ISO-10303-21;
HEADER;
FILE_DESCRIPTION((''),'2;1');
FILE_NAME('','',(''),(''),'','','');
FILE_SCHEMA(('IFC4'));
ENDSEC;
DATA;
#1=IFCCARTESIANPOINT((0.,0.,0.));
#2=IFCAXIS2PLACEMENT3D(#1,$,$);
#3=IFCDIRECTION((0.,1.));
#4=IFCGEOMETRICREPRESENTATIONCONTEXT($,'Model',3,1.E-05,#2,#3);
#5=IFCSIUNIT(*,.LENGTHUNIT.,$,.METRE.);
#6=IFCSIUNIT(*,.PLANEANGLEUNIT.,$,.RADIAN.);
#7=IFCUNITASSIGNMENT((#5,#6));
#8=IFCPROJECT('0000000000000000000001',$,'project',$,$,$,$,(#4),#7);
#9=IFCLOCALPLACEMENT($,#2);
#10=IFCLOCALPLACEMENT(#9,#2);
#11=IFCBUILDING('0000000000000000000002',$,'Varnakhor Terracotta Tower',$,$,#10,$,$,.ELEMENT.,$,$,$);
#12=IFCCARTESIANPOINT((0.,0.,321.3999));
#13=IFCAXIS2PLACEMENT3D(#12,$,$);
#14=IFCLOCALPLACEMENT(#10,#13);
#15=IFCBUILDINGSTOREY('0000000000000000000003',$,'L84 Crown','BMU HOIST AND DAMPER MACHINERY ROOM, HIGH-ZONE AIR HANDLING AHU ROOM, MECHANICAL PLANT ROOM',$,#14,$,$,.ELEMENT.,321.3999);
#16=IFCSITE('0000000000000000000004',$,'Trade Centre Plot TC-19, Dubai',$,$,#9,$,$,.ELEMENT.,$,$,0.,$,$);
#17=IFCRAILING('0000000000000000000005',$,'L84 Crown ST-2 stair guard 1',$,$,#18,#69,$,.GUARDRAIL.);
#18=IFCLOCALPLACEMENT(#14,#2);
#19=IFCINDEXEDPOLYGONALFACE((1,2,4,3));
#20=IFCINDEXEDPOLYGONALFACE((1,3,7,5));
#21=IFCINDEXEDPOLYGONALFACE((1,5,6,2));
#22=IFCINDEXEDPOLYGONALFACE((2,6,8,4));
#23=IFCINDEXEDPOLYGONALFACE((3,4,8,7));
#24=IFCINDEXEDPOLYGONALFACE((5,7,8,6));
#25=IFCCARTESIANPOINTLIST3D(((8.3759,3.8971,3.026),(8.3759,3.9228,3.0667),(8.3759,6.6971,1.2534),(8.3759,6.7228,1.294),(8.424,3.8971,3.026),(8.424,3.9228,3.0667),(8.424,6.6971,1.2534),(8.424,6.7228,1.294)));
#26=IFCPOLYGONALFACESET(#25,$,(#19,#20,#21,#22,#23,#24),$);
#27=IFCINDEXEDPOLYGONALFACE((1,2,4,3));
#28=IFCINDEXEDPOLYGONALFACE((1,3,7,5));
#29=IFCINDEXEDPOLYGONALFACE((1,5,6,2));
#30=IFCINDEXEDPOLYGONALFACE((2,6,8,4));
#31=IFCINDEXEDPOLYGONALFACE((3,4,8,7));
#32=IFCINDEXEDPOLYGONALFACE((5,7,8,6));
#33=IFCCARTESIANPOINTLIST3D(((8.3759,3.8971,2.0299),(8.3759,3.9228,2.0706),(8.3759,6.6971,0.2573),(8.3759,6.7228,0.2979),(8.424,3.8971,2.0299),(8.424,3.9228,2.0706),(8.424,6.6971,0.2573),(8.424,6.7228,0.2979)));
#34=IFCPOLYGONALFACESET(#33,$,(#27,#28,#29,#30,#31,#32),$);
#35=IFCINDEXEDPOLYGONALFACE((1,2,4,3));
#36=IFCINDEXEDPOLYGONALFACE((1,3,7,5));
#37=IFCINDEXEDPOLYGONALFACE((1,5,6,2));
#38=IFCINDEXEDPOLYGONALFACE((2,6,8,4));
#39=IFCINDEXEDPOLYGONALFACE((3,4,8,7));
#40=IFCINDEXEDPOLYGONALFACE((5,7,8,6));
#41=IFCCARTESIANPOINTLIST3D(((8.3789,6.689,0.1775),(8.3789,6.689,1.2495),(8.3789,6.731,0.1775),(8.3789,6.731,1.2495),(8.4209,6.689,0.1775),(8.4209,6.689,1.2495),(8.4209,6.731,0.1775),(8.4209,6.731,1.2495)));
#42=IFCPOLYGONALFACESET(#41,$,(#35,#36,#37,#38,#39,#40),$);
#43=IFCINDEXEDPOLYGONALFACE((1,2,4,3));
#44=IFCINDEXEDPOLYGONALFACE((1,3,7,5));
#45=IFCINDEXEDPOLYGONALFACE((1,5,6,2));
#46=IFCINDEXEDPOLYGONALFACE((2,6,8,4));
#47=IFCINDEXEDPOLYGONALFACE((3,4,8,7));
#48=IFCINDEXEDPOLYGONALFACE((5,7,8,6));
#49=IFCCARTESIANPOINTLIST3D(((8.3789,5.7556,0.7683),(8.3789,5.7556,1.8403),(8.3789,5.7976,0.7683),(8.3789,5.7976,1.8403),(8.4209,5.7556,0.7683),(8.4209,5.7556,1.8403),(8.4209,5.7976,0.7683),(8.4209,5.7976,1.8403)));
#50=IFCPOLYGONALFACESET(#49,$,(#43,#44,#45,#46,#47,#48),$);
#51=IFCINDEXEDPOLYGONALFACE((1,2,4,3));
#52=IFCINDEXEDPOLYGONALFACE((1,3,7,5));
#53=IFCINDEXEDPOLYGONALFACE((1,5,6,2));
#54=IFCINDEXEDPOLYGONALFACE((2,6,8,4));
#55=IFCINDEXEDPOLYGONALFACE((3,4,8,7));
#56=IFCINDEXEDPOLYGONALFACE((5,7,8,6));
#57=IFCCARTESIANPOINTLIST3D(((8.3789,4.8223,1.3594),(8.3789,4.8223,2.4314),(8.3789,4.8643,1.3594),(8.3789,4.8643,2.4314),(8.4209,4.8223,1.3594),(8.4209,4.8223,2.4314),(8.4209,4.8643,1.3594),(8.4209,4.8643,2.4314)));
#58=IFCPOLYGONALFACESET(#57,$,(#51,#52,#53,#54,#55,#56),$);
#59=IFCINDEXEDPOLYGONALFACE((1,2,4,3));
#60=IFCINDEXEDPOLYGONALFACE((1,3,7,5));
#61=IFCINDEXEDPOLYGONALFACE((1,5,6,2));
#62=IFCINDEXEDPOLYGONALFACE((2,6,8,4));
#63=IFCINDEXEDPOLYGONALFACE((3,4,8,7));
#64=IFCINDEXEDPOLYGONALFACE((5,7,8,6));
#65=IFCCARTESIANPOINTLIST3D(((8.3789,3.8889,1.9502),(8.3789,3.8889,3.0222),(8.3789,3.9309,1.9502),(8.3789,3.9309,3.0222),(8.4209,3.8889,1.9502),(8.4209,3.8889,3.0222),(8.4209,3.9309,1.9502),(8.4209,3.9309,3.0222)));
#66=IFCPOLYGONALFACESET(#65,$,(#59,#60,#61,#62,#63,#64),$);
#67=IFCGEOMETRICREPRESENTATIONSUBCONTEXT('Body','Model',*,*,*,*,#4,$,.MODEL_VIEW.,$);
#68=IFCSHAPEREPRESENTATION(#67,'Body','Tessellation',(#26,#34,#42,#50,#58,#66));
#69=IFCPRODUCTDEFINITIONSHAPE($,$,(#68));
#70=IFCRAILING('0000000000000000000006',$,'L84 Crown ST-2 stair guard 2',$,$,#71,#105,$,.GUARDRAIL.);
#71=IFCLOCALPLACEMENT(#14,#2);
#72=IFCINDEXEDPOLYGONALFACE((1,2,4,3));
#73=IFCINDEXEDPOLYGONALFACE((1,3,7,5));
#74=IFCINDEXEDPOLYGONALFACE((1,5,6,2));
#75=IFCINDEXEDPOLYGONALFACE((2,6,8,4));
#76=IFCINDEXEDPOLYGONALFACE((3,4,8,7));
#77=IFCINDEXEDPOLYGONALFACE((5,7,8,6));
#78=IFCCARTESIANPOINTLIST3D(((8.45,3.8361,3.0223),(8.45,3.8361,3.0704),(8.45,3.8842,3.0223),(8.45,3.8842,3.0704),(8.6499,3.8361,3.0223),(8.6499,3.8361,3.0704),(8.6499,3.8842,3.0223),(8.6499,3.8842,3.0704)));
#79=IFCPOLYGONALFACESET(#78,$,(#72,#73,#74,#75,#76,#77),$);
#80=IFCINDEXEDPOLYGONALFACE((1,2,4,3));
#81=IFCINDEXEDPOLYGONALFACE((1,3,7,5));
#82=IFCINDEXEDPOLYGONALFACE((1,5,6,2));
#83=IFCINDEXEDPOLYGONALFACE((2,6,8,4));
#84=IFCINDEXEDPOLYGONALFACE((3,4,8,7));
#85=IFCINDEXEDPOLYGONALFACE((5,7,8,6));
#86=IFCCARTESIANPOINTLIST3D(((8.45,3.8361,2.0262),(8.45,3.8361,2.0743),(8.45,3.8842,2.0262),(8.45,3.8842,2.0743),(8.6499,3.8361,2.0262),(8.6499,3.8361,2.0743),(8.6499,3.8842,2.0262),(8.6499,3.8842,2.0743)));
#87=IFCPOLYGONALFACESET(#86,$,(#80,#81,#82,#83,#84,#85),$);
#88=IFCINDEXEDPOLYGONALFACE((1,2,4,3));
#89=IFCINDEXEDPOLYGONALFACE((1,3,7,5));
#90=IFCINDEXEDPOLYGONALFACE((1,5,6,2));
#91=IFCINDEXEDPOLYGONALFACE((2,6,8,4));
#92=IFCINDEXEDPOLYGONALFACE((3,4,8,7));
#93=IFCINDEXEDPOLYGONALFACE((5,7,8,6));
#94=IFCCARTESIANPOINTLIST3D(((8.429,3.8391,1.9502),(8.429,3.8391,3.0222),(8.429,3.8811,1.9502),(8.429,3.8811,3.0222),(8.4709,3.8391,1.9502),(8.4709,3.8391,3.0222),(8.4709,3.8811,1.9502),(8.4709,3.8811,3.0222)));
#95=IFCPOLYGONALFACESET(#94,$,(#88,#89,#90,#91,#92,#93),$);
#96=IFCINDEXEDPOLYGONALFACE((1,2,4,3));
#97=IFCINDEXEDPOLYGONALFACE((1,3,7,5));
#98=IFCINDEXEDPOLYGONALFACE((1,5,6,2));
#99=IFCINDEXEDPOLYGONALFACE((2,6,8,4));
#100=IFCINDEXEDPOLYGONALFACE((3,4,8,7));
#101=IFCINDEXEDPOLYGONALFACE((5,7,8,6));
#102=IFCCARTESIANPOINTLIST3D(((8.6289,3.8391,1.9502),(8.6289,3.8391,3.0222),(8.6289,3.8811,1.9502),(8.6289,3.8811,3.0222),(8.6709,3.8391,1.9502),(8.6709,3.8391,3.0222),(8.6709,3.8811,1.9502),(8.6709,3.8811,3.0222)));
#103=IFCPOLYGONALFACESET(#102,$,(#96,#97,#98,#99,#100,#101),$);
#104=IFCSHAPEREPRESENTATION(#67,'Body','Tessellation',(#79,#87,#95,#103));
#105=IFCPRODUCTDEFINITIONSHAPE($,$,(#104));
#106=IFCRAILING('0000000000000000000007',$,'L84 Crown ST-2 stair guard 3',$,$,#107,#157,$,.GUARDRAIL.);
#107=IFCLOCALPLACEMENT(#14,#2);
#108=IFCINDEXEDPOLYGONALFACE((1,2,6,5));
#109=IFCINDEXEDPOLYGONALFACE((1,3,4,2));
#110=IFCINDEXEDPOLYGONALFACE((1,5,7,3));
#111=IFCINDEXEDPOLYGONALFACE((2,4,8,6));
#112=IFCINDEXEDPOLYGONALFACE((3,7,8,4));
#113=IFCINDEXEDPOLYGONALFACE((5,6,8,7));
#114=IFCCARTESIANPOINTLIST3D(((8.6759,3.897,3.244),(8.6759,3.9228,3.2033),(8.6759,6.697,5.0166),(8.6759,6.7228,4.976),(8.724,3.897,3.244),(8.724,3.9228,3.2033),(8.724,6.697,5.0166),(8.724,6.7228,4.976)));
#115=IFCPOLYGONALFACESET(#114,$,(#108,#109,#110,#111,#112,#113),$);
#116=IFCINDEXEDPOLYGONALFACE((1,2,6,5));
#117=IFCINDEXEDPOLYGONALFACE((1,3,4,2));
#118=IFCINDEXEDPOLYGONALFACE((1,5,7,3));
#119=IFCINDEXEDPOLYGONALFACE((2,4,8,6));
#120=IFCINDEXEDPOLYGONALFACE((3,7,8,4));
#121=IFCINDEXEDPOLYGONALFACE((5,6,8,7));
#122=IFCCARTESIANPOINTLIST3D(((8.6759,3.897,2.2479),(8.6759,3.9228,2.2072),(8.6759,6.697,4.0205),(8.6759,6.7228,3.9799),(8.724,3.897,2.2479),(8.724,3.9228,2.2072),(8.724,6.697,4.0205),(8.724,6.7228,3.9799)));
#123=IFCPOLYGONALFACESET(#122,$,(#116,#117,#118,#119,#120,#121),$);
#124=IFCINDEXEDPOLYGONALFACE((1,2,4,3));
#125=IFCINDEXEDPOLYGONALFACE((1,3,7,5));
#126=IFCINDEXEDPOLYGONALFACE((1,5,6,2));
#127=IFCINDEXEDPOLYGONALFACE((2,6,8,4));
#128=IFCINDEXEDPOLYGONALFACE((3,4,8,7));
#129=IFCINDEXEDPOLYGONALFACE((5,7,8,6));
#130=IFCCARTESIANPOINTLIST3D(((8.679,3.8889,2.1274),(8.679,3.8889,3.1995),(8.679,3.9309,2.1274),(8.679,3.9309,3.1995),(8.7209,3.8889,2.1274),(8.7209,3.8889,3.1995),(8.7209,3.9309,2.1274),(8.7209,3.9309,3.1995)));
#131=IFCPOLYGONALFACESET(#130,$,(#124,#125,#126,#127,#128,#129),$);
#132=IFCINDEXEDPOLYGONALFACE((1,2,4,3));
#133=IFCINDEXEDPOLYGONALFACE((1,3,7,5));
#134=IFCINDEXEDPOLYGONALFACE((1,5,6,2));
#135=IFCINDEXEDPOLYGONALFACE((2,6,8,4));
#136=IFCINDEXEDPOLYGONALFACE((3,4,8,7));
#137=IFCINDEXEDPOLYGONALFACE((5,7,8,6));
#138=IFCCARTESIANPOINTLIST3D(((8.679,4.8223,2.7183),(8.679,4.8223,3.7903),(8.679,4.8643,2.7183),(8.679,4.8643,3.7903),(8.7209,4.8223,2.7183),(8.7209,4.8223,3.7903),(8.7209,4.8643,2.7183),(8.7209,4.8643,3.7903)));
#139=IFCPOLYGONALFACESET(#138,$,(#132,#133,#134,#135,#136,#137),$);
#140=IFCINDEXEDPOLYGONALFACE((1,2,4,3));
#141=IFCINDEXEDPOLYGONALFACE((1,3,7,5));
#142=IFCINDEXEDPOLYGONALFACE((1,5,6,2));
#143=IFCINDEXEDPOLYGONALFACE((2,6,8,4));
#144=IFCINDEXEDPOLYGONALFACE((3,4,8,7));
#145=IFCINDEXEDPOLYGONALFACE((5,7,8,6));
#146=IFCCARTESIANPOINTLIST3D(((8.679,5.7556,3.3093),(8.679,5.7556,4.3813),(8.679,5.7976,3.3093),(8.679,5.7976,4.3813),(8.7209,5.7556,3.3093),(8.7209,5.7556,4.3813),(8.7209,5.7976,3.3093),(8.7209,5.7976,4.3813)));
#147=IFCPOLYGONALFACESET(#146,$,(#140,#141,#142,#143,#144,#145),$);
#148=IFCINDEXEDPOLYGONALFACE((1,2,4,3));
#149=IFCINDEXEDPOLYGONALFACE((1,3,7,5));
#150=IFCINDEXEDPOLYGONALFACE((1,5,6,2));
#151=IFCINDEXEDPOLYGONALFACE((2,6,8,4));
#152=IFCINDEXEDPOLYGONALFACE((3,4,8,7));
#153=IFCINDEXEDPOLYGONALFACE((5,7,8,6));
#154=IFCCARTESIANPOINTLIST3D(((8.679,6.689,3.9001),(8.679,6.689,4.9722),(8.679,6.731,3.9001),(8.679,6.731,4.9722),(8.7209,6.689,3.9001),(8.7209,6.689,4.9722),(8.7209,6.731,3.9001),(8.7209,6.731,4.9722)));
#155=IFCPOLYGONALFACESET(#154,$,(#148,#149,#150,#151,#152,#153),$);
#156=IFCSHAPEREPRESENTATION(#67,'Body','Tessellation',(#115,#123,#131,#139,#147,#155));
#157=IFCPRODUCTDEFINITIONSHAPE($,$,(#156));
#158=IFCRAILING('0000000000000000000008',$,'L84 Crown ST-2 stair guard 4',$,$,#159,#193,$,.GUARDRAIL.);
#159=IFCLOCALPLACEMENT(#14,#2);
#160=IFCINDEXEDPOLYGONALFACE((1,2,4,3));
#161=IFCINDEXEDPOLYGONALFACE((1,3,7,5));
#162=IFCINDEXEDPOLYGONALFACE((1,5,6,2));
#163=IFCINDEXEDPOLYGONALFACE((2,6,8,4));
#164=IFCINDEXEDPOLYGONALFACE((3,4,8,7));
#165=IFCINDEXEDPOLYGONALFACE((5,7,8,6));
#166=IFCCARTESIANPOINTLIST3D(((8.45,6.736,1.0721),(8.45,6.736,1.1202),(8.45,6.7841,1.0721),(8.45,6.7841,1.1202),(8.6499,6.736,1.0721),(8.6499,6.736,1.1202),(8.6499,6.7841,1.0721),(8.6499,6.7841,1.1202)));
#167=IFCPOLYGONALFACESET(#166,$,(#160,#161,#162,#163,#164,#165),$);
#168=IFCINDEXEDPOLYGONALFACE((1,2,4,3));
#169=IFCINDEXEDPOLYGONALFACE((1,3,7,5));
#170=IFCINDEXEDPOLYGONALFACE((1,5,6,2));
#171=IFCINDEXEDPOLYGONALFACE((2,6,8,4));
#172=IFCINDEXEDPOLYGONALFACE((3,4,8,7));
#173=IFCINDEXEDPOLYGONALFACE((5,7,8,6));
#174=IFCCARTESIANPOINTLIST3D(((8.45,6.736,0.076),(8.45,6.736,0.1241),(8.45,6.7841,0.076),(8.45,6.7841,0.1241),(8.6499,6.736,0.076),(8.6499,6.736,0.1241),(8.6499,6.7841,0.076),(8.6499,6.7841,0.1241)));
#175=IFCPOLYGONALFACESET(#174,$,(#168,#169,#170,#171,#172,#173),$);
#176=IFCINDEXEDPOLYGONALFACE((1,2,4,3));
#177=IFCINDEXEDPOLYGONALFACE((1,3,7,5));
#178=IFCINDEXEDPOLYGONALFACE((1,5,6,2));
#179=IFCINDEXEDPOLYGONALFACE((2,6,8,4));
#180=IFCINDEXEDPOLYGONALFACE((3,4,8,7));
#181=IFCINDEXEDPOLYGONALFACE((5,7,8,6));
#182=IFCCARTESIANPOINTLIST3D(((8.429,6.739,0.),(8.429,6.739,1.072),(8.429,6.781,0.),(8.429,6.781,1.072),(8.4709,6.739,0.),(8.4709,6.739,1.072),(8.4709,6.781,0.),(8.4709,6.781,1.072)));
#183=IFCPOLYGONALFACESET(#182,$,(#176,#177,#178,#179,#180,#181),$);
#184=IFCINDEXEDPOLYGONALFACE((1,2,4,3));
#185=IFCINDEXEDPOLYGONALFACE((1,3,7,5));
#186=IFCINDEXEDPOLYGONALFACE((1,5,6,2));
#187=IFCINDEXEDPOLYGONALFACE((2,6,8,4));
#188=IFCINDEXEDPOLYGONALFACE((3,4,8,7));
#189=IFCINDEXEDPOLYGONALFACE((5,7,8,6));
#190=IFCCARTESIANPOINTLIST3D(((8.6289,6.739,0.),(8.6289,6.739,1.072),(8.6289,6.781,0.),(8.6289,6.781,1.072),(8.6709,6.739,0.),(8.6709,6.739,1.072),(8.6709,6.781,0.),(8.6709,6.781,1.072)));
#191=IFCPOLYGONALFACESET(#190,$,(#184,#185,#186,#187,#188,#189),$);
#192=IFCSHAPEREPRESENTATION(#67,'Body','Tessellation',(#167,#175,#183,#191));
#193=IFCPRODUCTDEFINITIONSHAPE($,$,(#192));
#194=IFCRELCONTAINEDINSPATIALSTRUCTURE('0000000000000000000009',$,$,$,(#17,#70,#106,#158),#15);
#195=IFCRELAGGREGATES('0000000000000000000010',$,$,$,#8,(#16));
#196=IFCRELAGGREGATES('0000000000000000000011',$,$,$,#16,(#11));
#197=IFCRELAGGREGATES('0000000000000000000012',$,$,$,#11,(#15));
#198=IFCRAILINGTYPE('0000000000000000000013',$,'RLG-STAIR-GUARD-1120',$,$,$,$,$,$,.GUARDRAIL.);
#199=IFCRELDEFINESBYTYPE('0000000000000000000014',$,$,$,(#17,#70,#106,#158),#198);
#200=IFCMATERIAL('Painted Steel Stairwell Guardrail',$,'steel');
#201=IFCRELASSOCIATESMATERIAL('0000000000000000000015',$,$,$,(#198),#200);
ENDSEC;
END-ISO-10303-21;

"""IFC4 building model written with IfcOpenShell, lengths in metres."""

from ifc_helpers import new_model, si_unit, direction, frame, origin, origin_2d, place, context, subcontext, project, spatial, rectangle, extrude, material, type_object, element, save


model = new_model("IFC4")

# Units and contexts
model_context = context("Model", 3, precision=1e-05, world=origin(), true_north=direction((0.0, 1.0)))
body_context = subcontext(model_context, "Body", "Model", "MODEL_VIEW")
ifc_project = project(units=[si_unit("LENGTHUNIT", "METRE"), si_unit("PLANEANGLEUNIT", "RADIAN")], contexts=[model_context])

# Site, building, storey
site_placement = place(None, origin())
site = spatial("IfcSite", under=ifc_project, at=site_placement, Name="Trade Centre Plot TC-19, Dubai", CompositionType="ELEMENT", RefElevation=0.0)
building_placement = place(site_placement, origin())
building = spatial("IfcBuilding", under=site, at=building_placement, Name="Varnakhor Terracotta Tower", CompositionType="ELEMENT")
storey_placement = place(building_placement, frame((0.0, 0.0, 321.3999)))
storey = spatial("IfcBuildingStorey", under=building, at=storey_placement, Name="L84 Crown", Description="BMU HOIST AND DAMPER MACHINERY ROOM, HIGH-ZONE AIR HANDLING AHU ROOM, MECHANICAL PLANT ROOM", CompositionType="ELEMENT", Elevation=321.3999)

# Railings
ifc_material_1 = material(Name="Painted Steel Stairwell Guardrail", Category="steel")
railing_type_1 = type_object("IfcRailingType", Name="RLG-STAIR-GUARD-1120", PredefinedType="GUARDRAIL", material=ifc_material_1)
railing_1_placement = place(storey_placement, frame((8.3999, 6.71, 0.1775)))
element("IfcRailing", 1, at=railing_1_placement, inside=storey, type_object=railing_type_1, Name="L84 Crown ST-2 stair guard 1", PredefinedType="GUARDRAIL", context=body_context, shape_type="SweptSolid", body=[
    extrude(rectangle(XDim=0.0481, YDim=0.0481, at=origin_2d()), frame((0.0, 0.0, 1.0962), z_axis=(0.0, -0.844909, 0.53491), x_axis=(1.0, 0.0, 0.0)), (0.0, 0.0, 1.0), 3.314),
    extrude(rectangle(XDim=0.0481, YDim=0.0481, at=origin_2d()), frame((0.0, 0.0, 0.1001), z_axis=(0.0, -0.844909, 0.53491), x_axis=(1.0, 0.0, 0.0)), (0.0, 0.0, 1.0), 3.314),
    extrude(rectangle(XDim=0.042, YDim=0.042, at=origin_2d()), origin(), (0.0, 0.0, 1.0), 1.072),
    extrude(rectangle(XDim=0.042, YDim=0.042, at=origin_2d()), frame((0.0, -0.9333, 0.5908)), (0.0, 0.0, 1.0), 1.072),
    extrude(rectangle(XDim=0.042, YDim=0.042, at=origin_2d()), frame((0.0, -1.8667, 1.1819)), (0.0, 0.0, 1.0), 1.072),
    extrude(rectangle(XDim=0.042, YDim=0.042, at=origin_2d()), frame((0.0, -2.8, 1.7727)), (0.0, 0.0, 1.0), 1.072),
])
railing_2_placement = place(storey_placement, frame((8.45, 3.8601, 1.9502)))
element("IfcRailing", 2, at=railing_2_placement, inside=storey, type_object=railing_type_1, Name="L84 Crown ST-2 stair guard 2", PredefinedType="GUARDRAIL", context=body_context, shape_type="SweptSolid", body=[
    extrude(rectangle(XDim=0.0481, YDim=0.0481, at=origin_2d()), frame((0.0, 0.0, 1.0962), z_axis=(1.0, 0.0, 0.0), x_axis=(0.0, 1.0, 0.0)), (0.0, 0.0, 1.0), 0.2),
    extrude(rectangle(XDim=0.0481, YDim=0.0481, at=origin_2d()), frame((0.0, 0.0, 0.1001), z_axis=(1.0, 0.0, 0.0), x_axis=(0.0, 1.0, 0.0)), (0.0, 0.0, 1.0), 0.2),
    extrude(rectangle(XDim=0.042, YDim=0.042, at=origin_2d()), origin(), (0.0, 0.0, 1.0), 1.072),
    extrude(rectangle(XDim=0.042, YDim=0.042, at=origin_2d()), frame((0.2, 0.0, 0.0)), (0.0, 0.0, 1.0), 1.072),
])
railing_3_placement = place(storey_placement, frame((8.7, 3.9099, 2.1274)))
element("IfcRailing", 3, at=railing_3_placement, inside=storey, type_object=railing_type_1, Name="L84 Crown ST-2 stair guard 3", PredefinedType="GUARDRAIL", context=body_context, shape_type="SweptSolid", body=[
    extrude(rectangle(XDim=0.0481, YDim=0.0481, at=origin_2d()), frame((0.0, 0.0, 1.0962), z_axis=(0.0, 0.844909, 0.53491), x_axis=(-1.0, 0.0, 0.0)), (0.0, 0.0, 1.0), 3.314),
    extrude(rectangle(XDim=0.0481, YDim=0.0481, at=origin_2d()), frame((0.0, 0.0, 0.1001), z_axis=(0.0, 0.844909, 0.53491), x_axis=(-1.0, 0.0, 0.0)), (0.0, 0.0, 1.0), 3.314),
    extrude(rectangle(XDim=0.042, YDim=0.042, at=origin_2d()), origin(), (0.0, 0.0, 1.0), 1.072),
    extrude(rectangle(XDim=0.042, YDim=0.042, at=origin_2d()), frame((0.0, 0.9333, 0.5908)), (0.0, 0.0, 1.0), 1.072),
    extrude(rectangle(XDim=0.042, YDim=0.042, at=origin_2d()), frame((0.0, 1.8667, 1.1819)), (0.0, 0.0, 1.0), 1.072),
    extrude(rectangle(XDim=0.042, YDim=0.042, at=origin_2d()), frame((0.0, 2.8, 1.7727)), (0.0, 0.0, 1.0), 1.072),
])
railing_4_placement = place(storey_placement, frame((8.45, 6.76, 0.0)))
element("IfcRailing", 4, at=railing_4_placement, inside=storey, type_object=railing_type_1, Name="L84 Crown ST-2 stair guard 4", PredefinedType="GUARDRAIL", context=body_context, shape_type="SweptSolid", body=[
    extrude(rectangle(XDim=0.0481, YDim=0.0481, at=origin_2d()), frame((0.0, 0.0, 1.0962), z_axis=(1.0, 0.0, 0.0), x_axis=(0.0, 1.0, 0.0)), (0.0, 0.0, 1.0), 0.2),
    extrude(rectangle(XDim=0.0481, YDim=0.0481, at=origin_2d()), frame((0.0, 0.0, 0.1001), z_axis=(1.0, 0.0, 0.0), x_axis=(0.0, 1.0, 0.0)), (0.0, 0.0, 1.0), 0.2),
    extrude(rectangle(XDim=0.042, YDim=0.042, at=origin_2d()), origin(), (0.0, 0.0, 1.0), 1.072),
    extrude(rectangle(XDim=0.042, YDim=0.042, at=origin_2d()), frame((0.2, 0.0, 0.0)), (0.0, 0.0, 1.0), 1.072),
])

save(model, "model.ifc")
